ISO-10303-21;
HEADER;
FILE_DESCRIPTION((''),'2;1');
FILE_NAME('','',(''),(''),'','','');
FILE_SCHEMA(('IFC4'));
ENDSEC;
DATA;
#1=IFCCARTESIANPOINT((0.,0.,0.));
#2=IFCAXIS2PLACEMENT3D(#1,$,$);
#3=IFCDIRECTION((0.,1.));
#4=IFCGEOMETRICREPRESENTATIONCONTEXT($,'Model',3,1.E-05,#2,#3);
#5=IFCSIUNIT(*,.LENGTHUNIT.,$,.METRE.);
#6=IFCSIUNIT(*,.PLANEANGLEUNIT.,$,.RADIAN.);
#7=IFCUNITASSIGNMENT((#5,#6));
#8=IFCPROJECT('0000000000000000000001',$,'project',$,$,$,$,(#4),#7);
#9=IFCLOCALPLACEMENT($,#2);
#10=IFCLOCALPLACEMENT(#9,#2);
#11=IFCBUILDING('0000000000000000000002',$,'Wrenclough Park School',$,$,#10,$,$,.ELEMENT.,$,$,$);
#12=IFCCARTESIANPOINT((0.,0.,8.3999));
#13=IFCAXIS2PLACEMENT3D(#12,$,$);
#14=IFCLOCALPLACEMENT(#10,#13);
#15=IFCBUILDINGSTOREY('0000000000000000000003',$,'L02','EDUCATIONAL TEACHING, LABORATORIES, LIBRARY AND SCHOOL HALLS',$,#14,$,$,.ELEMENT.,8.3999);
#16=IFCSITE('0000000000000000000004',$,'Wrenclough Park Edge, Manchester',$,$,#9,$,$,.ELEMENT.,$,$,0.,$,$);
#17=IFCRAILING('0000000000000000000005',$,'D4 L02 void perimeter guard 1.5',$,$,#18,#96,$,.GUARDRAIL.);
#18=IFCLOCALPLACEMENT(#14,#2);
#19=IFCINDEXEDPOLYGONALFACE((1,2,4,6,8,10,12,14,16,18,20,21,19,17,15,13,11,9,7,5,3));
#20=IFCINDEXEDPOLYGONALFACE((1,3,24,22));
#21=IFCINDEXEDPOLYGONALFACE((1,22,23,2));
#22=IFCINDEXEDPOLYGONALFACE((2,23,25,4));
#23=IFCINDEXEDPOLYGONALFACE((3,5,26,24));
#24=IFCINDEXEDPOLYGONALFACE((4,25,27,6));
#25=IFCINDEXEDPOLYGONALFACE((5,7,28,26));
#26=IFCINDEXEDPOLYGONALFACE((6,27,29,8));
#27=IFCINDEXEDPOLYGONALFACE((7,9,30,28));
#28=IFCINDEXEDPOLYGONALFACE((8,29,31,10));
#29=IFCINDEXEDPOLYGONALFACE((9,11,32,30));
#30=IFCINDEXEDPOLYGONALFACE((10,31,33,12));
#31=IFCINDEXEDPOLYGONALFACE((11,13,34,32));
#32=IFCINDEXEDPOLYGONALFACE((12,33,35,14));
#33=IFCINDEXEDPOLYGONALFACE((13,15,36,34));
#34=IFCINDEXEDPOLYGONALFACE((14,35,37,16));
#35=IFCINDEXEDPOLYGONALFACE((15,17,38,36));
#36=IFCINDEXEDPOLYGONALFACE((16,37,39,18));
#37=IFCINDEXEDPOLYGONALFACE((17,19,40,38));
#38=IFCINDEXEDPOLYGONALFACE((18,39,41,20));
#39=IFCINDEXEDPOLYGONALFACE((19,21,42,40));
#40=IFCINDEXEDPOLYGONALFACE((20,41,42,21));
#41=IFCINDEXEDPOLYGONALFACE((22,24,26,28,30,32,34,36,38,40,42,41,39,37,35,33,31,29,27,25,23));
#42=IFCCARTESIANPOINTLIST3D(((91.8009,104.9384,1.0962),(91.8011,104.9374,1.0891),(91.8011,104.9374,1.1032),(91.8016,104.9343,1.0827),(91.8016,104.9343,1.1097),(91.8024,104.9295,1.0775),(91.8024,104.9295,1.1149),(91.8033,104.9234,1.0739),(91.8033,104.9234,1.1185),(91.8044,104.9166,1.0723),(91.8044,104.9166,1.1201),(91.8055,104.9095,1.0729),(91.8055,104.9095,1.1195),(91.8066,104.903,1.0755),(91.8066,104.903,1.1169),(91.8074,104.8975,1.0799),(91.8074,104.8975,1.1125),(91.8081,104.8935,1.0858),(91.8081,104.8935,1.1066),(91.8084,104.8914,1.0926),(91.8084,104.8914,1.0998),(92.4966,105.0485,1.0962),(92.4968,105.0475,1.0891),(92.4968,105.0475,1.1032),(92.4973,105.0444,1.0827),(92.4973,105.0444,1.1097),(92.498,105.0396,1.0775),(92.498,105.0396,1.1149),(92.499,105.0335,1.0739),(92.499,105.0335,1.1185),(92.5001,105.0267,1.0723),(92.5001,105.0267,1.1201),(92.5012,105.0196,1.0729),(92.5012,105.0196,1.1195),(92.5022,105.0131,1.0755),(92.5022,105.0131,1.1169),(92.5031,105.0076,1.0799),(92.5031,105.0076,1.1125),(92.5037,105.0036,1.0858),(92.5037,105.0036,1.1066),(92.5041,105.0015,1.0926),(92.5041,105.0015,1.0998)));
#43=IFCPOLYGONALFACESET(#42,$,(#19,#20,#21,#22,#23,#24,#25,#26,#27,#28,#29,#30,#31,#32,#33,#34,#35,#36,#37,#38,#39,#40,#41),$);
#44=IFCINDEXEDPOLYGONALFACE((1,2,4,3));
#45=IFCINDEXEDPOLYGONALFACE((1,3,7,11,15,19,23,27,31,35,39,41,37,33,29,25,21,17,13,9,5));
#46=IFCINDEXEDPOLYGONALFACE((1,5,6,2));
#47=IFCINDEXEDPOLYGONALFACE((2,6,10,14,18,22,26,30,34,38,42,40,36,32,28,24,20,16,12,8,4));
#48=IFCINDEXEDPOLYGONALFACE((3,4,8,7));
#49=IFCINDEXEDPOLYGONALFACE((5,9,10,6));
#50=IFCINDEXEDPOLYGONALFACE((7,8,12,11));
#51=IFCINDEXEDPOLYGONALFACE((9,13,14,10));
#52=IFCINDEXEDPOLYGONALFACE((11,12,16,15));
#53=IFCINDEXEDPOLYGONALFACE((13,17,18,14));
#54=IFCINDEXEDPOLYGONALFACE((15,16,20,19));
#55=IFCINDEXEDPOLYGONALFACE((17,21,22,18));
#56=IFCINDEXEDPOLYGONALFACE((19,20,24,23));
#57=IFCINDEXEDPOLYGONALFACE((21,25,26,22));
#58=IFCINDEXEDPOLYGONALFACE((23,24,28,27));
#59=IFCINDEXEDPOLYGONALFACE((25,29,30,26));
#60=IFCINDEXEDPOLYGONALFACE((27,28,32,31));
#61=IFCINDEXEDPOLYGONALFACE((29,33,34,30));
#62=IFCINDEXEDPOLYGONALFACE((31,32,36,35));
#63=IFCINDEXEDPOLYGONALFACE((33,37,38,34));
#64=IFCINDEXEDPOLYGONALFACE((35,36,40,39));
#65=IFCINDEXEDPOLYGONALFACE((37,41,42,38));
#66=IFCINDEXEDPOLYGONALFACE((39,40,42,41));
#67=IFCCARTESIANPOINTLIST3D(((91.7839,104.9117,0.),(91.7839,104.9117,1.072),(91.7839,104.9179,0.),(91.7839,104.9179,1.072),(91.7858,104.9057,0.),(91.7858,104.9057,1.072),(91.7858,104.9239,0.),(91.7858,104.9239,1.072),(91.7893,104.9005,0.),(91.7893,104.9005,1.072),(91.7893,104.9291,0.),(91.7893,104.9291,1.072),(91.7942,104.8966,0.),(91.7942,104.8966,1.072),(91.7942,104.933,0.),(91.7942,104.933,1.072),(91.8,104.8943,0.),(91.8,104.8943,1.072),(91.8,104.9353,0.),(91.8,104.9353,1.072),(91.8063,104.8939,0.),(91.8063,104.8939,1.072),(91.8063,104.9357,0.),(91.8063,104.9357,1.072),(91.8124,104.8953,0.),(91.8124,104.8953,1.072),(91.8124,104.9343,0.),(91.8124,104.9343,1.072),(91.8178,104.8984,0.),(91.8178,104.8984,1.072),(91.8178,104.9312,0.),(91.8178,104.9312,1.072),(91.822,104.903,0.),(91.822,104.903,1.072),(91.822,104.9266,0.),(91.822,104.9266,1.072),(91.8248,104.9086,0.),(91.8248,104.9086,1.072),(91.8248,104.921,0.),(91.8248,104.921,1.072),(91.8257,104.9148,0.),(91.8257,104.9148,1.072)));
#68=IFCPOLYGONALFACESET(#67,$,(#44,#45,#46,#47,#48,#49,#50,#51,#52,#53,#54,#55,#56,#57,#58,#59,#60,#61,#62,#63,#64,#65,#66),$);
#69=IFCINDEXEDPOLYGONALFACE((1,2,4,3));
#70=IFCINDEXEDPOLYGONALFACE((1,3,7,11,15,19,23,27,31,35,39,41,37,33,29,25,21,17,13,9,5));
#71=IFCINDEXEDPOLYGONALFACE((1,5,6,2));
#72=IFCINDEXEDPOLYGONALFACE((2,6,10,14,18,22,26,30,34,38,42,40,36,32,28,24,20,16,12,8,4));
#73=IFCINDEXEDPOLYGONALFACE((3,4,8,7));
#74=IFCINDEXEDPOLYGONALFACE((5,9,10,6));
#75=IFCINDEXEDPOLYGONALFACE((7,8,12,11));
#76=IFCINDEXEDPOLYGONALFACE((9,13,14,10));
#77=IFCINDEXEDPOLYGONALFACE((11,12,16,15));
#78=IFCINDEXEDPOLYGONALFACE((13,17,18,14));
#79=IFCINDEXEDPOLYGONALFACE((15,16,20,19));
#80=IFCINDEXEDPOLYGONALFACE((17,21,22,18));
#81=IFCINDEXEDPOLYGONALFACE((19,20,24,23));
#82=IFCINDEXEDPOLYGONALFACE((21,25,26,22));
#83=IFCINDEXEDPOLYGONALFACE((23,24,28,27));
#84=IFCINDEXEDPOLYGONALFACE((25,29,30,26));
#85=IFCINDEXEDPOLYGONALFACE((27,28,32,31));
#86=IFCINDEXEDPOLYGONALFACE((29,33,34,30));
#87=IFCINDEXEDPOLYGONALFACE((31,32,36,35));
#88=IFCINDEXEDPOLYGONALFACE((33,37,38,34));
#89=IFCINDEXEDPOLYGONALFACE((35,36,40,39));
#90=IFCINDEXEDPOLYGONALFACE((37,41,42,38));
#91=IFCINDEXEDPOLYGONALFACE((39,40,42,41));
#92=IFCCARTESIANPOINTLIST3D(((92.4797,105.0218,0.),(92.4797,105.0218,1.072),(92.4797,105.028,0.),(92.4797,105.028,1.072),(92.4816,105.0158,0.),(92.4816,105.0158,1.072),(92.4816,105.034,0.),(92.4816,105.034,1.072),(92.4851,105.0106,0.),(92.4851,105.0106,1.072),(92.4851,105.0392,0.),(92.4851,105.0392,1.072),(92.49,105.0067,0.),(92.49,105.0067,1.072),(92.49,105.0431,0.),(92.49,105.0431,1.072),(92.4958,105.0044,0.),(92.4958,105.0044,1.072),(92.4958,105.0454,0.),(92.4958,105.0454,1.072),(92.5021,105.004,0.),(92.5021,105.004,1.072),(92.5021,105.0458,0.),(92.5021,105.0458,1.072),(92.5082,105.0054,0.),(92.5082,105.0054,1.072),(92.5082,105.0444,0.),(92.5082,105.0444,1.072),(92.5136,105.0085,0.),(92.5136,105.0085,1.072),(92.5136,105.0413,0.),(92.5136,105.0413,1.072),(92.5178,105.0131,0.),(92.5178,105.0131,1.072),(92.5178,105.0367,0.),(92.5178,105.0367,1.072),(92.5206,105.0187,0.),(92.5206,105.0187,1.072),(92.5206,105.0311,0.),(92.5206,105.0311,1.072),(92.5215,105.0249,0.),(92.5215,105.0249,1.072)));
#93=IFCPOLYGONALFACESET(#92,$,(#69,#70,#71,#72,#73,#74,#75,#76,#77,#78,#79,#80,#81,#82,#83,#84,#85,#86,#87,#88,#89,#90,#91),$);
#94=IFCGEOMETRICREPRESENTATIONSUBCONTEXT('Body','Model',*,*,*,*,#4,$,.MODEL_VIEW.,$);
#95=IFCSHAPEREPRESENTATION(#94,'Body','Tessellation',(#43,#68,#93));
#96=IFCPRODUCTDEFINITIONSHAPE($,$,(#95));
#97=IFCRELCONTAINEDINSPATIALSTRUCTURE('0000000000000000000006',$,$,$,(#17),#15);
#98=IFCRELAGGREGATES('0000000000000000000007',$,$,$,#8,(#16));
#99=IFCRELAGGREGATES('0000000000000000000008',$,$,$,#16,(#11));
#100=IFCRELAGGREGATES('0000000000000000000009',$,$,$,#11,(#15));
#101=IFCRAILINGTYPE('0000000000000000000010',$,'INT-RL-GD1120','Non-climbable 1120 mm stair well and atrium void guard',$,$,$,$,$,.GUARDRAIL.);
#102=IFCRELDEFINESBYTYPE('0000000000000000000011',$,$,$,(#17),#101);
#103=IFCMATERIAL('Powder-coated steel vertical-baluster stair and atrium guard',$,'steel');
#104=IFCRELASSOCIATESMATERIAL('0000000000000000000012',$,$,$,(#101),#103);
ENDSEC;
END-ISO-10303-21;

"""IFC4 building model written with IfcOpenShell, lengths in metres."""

from ifc_helpers import new_model, si_unit, direction, frame, origin, origin_2d, place, context, subcontext, project, spatial, circle, extrude, material, type_object, element, save


model = new_model("IFC4")

# Units and contexts
model_context = context("Model", 3, precision=1e-05, world=origin(), true_north=direction((0.0, 1.0)))
body_context = subcontext(model_context, "Body", "Model", "MODEL_VIEW")
ifc_project = project(units=[si_unit("LENGTHUNIT", "METRE"), si_unit("PLANEANGLEUNIT", "RADIAN")], contexts=[model_context])

# Site, building, storey
site_placement = place(None, origin())
site = spatial("IfcSite", under=ifc_project, at=site_placement, Name="Wrenclough Park Edge, Manchester", CompositionType="ELEMENT", RefElevation=0.0)
building_placement = place(site_placement, origin())
building = spatial("IfcBuilding", under=site, at=building_placement, Name="Wrenclough Park School", CompositionType="ELEMENT")
storey_placement = place(building_placement, frame((0.0, 0.0, 8.3999)))
storey = spatial("IfcBuildingStorey", under=building, at=storey_placement, Name="L02", Description="EDUCATIONAL TEACHING, LABORATORIES, LIBRARY AND SCHOOL HALLS", CompositionType="ELEMENT", Elevation=8.3999)

# Railing
ifc_material_1 = material(Name="Powder-coated steel vertical-baluster stair and atrium guard", Category="steel")
railing_type = type_object("IfcRailingType", Name="INT-RL-GD1120", Description="Non-climbable 1120 mm stair well and atrium void guard", PredefinedType="GUARDRAIL", material=ifc_material_1)
railing_1_placement = place(storey_placement, frame((91.8047, 104.9148, 0.0)))
element("IfcRailing", 1, at=railing_1_placement, inside=storey, type_object=railing_type, Name="D4 L02 void perimeter guard 1.5", PredefinedType="GUARDRAIL", context=body_context, shape_type="SweptSolid", body=[
    extrude(circle(Radius=0.0239, at=origin_2d()), frame((0.0, 0.0, 1.0962), z_axis=(0.98771, 0.156301, 0.0), x_axis=(-0.156301, 0.98771, 0.0)), (0.0, 0.0, 1.0), 0.7043),
    extrude(circle(Radius=0.021, at=origin_2d()), origin(), (0.0, 0.0, 1.0), 1.072),
    extrude(circle(Radius=0.021, at=origin_2d()), frame((0.6958, 0.1101, 0.0)), (0.0, 0.0, 1.0), 1.072),
])

save(model, "model.ifc")
